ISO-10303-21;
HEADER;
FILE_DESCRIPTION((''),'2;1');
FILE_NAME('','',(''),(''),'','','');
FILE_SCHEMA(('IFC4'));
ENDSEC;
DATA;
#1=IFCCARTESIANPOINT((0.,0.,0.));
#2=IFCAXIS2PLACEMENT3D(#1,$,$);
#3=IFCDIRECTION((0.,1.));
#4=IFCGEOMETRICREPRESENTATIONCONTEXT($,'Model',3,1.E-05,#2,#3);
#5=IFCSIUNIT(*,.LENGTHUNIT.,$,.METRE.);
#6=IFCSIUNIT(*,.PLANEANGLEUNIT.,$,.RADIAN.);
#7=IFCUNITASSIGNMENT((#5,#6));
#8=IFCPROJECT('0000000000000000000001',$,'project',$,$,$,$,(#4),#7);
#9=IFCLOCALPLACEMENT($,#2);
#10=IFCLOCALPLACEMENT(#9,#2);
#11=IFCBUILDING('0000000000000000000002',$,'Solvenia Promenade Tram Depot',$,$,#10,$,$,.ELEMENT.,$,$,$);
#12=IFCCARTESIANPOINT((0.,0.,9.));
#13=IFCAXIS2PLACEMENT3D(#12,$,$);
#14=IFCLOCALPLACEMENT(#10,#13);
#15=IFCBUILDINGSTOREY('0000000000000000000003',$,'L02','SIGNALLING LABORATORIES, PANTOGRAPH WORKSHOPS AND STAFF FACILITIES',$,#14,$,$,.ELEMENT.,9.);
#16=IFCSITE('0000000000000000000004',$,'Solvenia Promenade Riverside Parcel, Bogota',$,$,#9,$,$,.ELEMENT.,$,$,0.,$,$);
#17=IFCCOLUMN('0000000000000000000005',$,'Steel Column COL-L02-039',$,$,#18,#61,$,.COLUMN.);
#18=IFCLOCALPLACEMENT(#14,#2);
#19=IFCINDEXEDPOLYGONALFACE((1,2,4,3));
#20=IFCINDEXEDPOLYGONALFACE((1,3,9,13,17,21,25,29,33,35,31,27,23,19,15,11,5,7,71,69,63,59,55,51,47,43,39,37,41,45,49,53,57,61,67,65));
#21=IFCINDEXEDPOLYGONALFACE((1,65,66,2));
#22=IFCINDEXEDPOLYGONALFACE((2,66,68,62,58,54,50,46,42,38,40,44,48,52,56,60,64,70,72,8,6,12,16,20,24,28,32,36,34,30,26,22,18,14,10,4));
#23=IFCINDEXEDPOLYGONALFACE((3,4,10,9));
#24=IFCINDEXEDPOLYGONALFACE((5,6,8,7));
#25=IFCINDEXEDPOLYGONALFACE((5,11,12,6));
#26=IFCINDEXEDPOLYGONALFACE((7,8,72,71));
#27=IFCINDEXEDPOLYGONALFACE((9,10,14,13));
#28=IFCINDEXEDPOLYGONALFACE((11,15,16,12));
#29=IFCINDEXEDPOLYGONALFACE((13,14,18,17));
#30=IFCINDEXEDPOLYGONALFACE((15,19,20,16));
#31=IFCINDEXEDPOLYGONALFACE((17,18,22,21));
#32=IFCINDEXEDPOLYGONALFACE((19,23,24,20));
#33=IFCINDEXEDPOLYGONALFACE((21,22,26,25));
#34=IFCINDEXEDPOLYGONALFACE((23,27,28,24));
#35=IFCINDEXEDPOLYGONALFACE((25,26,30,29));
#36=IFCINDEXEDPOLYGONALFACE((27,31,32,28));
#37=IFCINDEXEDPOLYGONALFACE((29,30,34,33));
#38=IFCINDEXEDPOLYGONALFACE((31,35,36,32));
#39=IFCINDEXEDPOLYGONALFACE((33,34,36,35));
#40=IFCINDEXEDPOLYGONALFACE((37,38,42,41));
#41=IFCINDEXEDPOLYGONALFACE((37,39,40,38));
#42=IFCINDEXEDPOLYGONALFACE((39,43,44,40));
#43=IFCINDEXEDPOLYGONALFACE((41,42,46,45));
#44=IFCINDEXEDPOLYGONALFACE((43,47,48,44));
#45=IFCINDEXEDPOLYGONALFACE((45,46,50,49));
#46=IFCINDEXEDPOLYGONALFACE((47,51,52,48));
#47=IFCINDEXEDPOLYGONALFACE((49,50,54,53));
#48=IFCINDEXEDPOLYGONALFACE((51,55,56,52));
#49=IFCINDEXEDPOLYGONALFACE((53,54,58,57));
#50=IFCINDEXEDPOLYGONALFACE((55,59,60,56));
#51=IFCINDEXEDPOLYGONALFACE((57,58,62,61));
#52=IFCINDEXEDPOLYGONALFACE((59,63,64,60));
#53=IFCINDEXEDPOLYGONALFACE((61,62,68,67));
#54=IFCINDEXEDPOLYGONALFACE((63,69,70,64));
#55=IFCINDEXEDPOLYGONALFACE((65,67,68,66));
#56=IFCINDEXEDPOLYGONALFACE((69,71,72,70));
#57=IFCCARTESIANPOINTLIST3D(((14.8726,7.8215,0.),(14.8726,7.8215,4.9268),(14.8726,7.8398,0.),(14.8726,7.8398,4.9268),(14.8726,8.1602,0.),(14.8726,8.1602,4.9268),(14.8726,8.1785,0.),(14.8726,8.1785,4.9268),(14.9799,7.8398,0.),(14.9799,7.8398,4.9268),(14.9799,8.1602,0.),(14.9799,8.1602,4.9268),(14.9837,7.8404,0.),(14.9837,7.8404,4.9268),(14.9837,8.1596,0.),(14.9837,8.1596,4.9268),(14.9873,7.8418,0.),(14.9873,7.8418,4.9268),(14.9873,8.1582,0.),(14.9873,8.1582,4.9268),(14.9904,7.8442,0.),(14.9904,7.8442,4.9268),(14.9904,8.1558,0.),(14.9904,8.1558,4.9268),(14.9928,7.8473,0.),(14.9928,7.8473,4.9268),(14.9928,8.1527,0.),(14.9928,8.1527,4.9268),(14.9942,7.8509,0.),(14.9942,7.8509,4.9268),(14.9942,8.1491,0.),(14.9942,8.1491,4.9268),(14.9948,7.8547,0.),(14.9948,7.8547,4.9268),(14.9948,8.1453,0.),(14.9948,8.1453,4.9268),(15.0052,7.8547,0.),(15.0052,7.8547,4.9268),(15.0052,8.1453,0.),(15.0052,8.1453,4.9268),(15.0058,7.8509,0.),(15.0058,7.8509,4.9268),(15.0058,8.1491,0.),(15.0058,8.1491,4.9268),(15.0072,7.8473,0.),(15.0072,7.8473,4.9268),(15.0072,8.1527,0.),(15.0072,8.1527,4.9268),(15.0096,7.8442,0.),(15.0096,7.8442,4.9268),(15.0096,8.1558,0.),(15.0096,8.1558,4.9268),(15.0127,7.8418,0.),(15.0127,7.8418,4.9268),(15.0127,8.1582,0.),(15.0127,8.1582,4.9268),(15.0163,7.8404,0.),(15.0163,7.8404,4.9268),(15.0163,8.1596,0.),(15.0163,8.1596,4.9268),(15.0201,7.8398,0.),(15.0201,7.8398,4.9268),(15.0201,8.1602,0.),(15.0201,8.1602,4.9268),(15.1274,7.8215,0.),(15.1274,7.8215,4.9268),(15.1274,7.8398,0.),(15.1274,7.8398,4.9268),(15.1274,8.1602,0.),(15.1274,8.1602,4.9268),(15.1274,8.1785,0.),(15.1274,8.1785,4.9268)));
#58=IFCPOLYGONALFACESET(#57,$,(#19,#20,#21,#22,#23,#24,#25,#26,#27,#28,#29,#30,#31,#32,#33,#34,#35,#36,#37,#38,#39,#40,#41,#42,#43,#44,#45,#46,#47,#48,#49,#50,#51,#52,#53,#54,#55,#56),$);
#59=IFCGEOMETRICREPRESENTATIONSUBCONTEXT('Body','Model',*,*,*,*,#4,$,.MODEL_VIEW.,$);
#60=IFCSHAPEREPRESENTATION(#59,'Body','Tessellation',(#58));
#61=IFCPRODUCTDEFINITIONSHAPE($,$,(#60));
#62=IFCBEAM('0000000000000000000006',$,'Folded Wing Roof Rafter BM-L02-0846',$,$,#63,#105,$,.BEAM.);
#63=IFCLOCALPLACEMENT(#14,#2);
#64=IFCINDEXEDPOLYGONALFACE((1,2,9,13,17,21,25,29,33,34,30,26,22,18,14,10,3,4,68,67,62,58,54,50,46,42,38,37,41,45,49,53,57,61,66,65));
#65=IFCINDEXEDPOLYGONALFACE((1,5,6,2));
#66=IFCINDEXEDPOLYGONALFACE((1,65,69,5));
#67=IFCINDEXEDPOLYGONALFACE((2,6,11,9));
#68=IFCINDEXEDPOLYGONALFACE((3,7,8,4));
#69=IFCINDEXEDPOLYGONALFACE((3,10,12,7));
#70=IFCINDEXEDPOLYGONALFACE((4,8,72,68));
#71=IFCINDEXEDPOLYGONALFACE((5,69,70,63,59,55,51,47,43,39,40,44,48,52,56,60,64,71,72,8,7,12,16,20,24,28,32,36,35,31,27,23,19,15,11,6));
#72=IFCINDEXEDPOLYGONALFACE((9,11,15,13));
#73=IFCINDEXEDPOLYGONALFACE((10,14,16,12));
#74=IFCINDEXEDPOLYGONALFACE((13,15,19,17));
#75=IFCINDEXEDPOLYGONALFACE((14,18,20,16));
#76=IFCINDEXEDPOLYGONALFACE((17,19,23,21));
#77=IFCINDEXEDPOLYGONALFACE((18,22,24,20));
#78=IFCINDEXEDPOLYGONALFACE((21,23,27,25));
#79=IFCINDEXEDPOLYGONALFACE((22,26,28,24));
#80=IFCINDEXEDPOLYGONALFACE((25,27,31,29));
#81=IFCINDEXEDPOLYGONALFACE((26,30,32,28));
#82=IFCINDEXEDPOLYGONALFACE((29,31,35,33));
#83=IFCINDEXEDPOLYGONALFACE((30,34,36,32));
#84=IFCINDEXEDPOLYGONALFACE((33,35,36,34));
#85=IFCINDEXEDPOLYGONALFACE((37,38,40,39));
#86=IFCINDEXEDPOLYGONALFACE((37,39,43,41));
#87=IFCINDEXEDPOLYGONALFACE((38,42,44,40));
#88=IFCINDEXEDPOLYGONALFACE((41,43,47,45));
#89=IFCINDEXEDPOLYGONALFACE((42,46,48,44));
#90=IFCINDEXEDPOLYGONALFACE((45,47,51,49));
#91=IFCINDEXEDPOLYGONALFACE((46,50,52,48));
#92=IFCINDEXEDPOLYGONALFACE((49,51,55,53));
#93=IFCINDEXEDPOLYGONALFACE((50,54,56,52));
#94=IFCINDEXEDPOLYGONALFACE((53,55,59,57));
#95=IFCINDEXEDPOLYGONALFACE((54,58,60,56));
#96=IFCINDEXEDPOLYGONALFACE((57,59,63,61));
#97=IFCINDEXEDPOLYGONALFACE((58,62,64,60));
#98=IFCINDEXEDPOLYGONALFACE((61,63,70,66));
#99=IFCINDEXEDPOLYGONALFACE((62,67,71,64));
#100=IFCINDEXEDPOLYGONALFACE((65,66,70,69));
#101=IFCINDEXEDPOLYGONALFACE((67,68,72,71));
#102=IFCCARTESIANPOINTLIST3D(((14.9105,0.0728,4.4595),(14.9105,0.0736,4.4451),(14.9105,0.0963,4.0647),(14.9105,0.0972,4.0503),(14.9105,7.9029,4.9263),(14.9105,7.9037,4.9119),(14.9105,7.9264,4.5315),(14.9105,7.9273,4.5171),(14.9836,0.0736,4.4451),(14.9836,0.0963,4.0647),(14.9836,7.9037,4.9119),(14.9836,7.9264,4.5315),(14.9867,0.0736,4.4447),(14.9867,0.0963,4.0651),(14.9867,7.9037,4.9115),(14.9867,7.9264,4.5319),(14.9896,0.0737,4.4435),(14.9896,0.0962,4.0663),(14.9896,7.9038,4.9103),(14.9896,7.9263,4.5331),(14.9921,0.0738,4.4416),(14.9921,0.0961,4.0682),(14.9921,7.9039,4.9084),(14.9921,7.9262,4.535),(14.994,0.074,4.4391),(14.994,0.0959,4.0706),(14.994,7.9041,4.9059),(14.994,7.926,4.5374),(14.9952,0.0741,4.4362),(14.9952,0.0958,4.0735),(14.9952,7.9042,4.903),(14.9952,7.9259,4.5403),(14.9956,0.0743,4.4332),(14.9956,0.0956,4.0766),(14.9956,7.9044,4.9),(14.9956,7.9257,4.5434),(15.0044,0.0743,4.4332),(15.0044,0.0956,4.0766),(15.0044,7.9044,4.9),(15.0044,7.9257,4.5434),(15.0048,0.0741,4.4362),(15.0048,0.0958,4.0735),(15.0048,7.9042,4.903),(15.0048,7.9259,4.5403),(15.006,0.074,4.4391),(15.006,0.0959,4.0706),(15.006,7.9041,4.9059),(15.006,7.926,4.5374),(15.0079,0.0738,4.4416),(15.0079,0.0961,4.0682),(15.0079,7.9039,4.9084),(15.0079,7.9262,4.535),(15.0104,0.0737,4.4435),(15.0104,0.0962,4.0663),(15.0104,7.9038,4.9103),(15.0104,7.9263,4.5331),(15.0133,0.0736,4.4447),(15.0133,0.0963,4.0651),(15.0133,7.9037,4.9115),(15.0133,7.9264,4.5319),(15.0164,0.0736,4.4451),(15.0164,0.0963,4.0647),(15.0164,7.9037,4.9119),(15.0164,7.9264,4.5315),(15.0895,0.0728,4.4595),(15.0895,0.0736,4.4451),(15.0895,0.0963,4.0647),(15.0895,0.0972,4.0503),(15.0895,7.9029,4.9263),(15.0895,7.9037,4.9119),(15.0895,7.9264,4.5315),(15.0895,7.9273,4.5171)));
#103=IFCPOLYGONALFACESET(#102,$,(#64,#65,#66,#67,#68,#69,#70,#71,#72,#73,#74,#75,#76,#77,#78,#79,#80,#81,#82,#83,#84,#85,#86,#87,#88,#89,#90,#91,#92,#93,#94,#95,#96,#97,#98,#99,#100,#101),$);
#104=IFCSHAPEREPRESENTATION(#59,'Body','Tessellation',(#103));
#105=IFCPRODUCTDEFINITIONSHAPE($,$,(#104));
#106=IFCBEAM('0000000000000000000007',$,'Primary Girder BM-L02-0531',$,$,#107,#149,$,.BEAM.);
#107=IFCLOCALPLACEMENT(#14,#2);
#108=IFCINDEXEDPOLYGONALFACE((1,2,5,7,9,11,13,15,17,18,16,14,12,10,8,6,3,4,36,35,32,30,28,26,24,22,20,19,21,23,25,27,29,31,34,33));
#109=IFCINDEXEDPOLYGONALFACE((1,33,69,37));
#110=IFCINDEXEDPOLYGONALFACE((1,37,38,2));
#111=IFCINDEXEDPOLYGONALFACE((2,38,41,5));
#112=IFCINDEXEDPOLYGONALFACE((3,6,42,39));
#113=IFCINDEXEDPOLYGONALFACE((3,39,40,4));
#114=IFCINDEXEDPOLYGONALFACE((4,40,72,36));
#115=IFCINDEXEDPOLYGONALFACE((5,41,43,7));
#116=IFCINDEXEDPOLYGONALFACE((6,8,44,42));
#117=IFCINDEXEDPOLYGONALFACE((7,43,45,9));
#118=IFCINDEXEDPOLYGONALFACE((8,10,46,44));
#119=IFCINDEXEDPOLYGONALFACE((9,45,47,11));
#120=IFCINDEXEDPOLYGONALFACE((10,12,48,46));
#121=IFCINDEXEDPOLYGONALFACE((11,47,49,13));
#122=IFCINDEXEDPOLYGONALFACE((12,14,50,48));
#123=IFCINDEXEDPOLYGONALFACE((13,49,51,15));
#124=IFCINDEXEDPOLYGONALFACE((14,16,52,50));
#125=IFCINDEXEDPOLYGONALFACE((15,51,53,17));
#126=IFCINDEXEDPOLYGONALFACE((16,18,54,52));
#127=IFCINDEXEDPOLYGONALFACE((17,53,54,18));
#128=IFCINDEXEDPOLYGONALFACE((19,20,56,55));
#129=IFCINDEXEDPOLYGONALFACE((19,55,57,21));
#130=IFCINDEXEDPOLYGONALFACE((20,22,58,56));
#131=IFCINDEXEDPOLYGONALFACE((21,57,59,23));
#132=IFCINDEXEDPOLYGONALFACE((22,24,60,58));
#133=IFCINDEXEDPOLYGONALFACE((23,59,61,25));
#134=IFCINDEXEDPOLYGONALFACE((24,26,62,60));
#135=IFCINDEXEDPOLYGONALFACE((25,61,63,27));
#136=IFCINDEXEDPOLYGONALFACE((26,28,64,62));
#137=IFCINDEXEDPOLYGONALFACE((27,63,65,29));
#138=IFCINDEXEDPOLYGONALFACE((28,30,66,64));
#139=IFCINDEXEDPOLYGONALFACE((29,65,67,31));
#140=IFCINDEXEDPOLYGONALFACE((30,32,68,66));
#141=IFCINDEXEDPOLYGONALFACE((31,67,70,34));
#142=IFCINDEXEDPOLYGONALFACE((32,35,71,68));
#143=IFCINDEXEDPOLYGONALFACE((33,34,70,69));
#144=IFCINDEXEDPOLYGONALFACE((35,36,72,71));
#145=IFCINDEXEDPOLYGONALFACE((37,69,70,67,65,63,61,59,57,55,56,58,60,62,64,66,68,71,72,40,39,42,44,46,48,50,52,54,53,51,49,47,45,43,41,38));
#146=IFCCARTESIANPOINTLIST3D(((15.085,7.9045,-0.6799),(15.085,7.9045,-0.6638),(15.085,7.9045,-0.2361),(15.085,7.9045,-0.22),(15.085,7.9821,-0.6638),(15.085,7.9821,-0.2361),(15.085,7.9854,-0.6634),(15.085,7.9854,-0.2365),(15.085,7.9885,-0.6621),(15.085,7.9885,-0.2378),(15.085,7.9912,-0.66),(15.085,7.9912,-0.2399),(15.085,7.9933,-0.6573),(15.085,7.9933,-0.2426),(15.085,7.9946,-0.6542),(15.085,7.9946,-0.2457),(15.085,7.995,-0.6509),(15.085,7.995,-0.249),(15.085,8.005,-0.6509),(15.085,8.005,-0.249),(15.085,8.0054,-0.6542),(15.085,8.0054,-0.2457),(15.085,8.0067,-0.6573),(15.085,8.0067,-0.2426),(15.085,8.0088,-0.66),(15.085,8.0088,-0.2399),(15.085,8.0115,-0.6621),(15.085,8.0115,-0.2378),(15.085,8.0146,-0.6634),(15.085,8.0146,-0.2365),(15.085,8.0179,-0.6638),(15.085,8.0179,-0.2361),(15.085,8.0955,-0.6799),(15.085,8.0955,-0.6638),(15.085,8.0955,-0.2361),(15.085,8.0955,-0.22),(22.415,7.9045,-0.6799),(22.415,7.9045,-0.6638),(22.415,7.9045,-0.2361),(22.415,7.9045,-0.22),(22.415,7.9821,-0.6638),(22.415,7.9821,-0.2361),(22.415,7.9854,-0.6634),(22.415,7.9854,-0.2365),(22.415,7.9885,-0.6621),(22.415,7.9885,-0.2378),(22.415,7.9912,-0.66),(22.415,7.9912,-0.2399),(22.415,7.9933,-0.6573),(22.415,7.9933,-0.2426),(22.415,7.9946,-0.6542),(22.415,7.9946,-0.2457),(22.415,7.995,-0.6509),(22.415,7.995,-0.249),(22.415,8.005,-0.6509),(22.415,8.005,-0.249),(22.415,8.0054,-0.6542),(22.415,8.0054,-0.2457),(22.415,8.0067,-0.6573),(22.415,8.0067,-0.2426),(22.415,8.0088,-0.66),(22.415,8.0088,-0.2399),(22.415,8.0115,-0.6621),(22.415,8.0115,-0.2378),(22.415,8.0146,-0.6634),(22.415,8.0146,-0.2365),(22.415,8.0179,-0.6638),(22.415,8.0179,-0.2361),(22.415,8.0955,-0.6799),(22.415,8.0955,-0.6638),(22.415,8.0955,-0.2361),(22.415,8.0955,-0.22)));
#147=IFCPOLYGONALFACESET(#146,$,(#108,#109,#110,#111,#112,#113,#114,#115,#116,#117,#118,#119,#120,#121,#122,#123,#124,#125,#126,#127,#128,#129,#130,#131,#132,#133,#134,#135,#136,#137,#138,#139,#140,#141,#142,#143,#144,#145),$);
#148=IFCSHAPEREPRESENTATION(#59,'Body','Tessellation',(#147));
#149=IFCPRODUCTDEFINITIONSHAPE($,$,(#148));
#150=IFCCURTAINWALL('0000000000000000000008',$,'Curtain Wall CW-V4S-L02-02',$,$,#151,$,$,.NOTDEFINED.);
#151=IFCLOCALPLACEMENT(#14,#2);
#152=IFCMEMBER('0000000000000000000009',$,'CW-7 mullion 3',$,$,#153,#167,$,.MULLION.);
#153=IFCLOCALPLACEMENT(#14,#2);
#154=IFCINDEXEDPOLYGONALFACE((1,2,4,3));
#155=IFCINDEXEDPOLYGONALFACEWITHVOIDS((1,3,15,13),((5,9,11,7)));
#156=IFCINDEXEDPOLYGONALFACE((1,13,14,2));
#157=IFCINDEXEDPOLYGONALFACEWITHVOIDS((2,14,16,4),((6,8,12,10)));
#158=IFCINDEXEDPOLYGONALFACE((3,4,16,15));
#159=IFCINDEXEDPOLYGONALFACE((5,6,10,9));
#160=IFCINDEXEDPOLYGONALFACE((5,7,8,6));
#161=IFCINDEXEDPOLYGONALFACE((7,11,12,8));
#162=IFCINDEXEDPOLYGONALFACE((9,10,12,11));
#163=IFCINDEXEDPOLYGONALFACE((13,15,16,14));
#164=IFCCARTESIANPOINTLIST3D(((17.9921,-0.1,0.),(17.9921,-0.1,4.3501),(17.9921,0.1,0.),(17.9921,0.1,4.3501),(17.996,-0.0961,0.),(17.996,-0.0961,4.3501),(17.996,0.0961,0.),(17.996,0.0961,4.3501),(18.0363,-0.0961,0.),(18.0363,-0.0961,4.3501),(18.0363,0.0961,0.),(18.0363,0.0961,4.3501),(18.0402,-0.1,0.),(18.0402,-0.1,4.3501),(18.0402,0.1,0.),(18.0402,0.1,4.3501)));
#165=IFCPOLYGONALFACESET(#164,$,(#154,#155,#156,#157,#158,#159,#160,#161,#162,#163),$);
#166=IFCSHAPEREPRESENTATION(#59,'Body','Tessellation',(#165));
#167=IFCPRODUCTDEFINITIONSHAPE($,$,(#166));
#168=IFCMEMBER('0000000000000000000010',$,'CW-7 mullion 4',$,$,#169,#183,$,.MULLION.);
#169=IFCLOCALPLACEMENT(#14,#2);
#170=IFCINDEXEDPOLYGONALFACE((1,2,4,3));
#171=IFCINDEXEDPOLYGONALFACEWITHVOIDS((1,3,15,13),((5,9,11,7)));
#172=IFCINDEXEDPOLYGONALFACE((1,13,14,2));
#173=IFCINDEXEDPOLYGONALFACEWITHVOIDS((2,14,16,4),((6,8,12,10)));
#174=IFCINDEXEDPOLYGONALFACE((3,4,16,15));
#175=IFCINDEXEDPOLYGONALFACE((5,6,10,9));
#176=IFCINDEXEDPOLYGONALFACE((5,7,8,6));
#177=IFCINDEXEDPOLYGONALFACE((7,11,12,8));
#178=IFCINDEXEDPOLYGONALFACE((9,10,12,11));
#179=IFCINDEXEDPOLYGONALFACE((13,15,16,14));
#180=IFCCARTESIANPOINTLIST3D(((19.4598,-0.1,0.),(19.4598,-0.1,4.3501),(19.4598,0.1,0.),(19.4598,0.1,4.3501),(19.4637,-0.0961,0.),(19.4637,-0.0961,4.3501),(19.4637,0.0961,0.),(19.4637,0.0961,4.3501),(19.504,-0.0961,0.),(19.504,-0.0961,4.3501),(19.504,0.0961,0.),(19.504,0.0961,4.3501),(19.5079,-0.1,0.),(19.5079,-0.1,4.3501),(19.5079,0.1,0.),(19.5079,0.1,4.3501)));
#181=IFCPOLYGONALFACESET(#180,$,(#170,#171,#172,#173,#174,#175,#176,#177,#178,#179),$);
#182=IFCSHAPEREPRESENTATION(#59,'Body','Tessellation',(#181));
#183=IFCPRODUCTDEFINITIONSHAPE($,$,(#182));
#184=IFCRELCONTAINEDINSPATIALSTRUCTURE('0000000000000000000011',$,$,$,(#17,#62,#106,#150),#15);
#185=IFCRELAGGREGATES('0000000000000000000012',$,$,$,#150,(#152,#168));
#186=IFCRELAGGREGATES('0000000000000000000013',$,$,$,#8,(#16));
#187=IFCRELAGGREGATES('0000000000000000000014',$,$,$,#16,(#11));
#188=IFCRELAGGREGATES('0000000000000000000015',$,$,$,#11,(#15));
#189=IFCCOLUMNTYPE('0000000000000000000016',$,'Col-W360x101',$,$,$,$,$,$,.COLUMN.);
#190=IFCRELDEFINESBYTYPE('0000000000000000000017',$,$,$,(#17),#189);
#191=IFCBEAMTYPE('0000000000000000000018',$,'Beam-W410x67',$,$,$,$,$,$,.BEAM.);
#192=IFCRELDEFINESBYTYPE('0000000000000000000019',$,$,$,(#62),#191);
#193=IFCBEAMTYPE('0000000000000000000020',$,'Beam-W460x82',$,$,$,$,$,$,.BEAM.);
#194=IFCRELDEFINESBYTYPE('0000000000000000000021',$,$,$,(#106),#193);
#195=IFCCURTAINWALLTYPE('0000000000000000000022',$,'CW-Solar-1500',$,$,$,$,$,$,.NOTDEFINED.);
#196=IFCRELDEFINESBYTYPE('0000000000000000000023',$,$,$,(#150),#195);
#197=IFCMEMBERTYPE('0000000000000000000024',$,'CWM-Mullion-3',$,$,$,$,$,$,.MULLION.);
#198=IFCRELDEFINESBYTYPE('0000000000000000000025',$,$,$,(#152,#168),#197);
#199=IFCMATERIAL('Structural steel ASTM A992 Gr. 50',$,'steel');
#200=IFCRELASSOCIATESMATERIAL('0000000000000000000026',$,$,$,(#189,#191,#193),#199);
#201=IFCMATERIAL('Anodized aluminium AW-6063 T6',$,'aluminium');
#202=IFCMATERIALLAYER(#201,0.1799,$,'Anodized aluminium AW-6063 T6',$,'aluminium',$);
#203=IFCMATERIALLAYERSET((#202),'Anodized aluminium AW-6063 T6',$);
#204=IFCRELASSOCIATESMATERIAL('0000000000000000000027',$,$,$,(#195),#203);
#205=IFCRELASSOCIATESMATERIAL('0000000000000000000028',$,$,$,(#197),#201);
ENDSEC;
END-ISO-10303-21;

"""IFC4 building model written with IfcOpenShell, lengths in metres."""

from ifc_helpers import new_model, si_unit, direction, frame, origin, origin_2d, place, context, subcontext, project, spatial, hollow_rectangle, i_section, extrude, material, layer, layer_set, material_profile, profile_set, type_object, element, aggregate, save


model = new_model("IFC4")

# Units and contexts
model_context = context("Model", 3, precision=1e-05, world=origin(), true_north=direction((0.0, 1.0)))
body_context = subcontext(model_context, "Body", "Model", "MODEL_VIEW")
ifc_project = project(units=[si_unit("LENGTHUNIT", "METRE"), si_unit("PLANEANGLEUNIT", "RADIAN")], contexts=[model_context])

# Site, building, storey
site_placement = place(None, origin())
site = spatial("IfcSite", under=ifc_project, at=site_placement, Name="Solvenia Promenade Riverside Parcel, Bogota", CompositionType="ELEMENT", RefElevation=0.0)
building_placement = place(site_placement, origin())
building = spatial("IfcBuilding", under=site, at=building_placement, Name="Solvenia Promenade Tram Depot", CompositionType="ELEMENT")
storey_placement = place(building_placement, frame((0.0, 0.0, 9.0)))
storey = spatial("IfcBuildingStorey", under=building, at=storey_placement, Name="L02", Description="SIGNALLING LABORATORIES, PANTOGRAPH WORKSHOPS AND STAFF FACILITIES", CompositionType="ELEMENT", Elevation=9.0)

# Column
ifc_material_1 = material(Name="Structural steel ASTM A992 Gr. 50", Category="steel")
ifc_material_profile_1 = material_profile(ifc_material_1, i_section(OverallWidth=0.2549, OverallDepth=0.3569, WebThickness=0.0105, FlangeThickness=0.0183, FilletRadius=0.0149, at=origin_2d()), Name="W360x101", Category="steel")
ifc_profile_set_1 = profile_set([ifc_material_profile_1], Name="Structural steel ASTM A992 Gr. 50")
column_type = type_object("IfcColumnType", Name="Col-W360x101", PredefinedType="COLUMN", material=ifc_profile_set_1)
column_placement = place(storey_placement, frame((15.0, 8.0, 0.0), z_axis=(0.0, 0.0, 1.0), x_axis=(1.0, 0.0, 0.0)))
element("IfcColumn", 1, at=column_placement, inside=storey, type_object=column_type, Name="Steel Column COL-L02-039", PredefinedType="COLUMN", context=body_context, shape_type="SweptSolid", body=[
    extrude(i_section(OverallWidth=0.2549, OverallDepth=0.3569, WebThickness=0.0105, FlangeThickness=0.0183, FilletRadius=0.0149, at=origin_2d()), origin(), (0.0, 0.0, 1.0), 4.9268),
])

# Beams
ifc_material_profile_2 = material_profile(ifc_material_1, i_section(OverallWidth=0.179, OverallDepth=0.4099, WebThickness=0.0088, FlangeThickness=0.0144, FilletRadius=0.012, at=origin_2d()), Name="W410x67", Category="steel")
ifc_profile_set_2 = profile_set([ifc_material_profile_2], Name="Structural steel ASTM A992 Gr. 50")
beam_type_1 = type_object("IfcBeamType", Name="Beam-W410x67", PredefinedType="BEAM", material=ifc_profile_set_2)
beam_1_placement = place(storey_placement, frame((15.0, 0.085, 4.2549), z_axis=(0.0, 0.998228, 0.05951), x_axis=(-1.0, 0.0, 0.0)))
element("IfcBeam", 2, at=beam_1_placement, inside=storey, type_object=beam_type_1, Name="Folded Wing Roof Rafter BM-L02-0846", PredefinedType="BEAM", context=body_context, shape_type="SweptSolid", body=[
    extrude(i_section(OverallWidth=0.179, OverallDepth=0.4099, WebThickness=0.0088, FlangeThickness=0.0144, FilletRadius=0.012, at=origin_2d()), origin(), (0.0, 0.0, 1.0), 7.844),
])
ifc_material_profile_3 = material_profile(ifc_material_1, i_section(OverallWidth=0.1909, OverallDepth=0.46, WebThickness=0.01, FlangeThickness=0.0161, FilletRadius=0.0129, at=origin_2d()), Name="W460x82", Category="steel")
ifc_profile_set_3 = profile_set([ifc_material_profile_3], Name="Structural steel ASTM A992 Gr. 50")
beam_type_2 = type_object("IfcBeamType", Name="Beam-W460x82", PredefinedType="BEAM", material=ifc_profile_set_3)
beam_2_placement = place(storey_placement, frame((15.085, 8.0, -0.45), z_axis=(1.0, 0.0, 0.0), x_axis=(0.0, 1.0, 0.0)))
element("IfcBeam", 3, at=beam_2_placement, inside=storey, type_object=beam_type_2, Name="Primary Girder BM-L02-0531", PredefinedType="BEAM", context=body_context, shape_type="SweptSolid", body=[
    extrude(i_section(OverallWidth=0.1909, OverallDepth=0.46, WebThickness=0.01, FlangeThickness=0.0161, FilletRadius=0.0129, at=origin_2d()), origin(), (0.0, 0.0, 1.0), 7.3301),
])

# Curtain wall, members
ifc_material_2 = material(Name="Anodized aluminium AW-6063 T6", Category="aluminium")
ifc_layer_1 = layer(ifc_material_2, 0.1799, Name="Anodized aluminium AW-6063 T6", Category="aluminium")
ifc_layer_set_1 = layer_set([ifc_layer_1], Name="Anodized aluminium AW-6063 T6")
curtain_wall_type = type_object("IfcCurtainWallType", Name="CW-Solar-1500", PredefinedType="NOTDEFINED", material=ifc_layer_set_1)
curtain_wall_placement = place(storey_placement, origin())
curtain_wall = element("IfcCurtainWall", 4, at=curtain_wall_placement, inside=storey, type_object=curtain_wall_type, Name="Curtain Wall CW-V4S-L02-02", PredefinedType="NOTDEFINED")
ifc_material_profile_4 = material_profile(ifc_material_2, hollow_rectangle(XDim=0.2, YDim=0.0481, WallThickness=0.0039, at=origin_2d()), Name="ALU-M3", Category="aluminium")
ifc_profile_set_4 = profile_set([ifc_material_profile_4], Name="Anodized aluminium AW-6063 T6")
member_type_1 = type_object("IfcMemberType", Name="CWM-Mullion-3", PredefinedType="MULLION", material=ifc_profile_set_4)
member_1_placement = place(storey_placement, frame((18.0161, 0.0, 0.0), z_axis=(0.0, 0.0, 1.0), x_axis=(0.0, 1.0, 0.0)))
member_1 = element("IfcMember", 5, at=member_1_placement, type_object=member_type_1, Name="CW-7 mullion 3", PredefinedType="MULLION", context=body_context, shape_type="SweptSolid", body=[
    extrude(hollow_rectangle(XDim=0.2, YDim=0.0481, WallThickness=0.0039, at=origin_2d()), origin(), (0.0, 0.0, 1.0), 4.3501),
])
member_2_placement = place(storey_placement, frame((19.4839, 0.0, 0.0), z_axis=(0.0, 0.0, 1.0), x_axis=(0.0, 1.0, 0.0)))
member_2 = element("IfcMember", 6, at=member_2_placement, type_object=member_type_1, Name="CW-7 mullion 4", PredefinedType="MULLION", context=body_context, shape_type="SweptSolid", body=[
    extrude(hollow_rectangle(XDim=0.2, YDim=0.0481, WallThickness=0.0039, at=origin_2d()), origin(), (0.0, 0.0, 1.0), 4.3501),
])

aggregate(curtain_wall, [member_1, member_2])

save(model, "model.ifc")
